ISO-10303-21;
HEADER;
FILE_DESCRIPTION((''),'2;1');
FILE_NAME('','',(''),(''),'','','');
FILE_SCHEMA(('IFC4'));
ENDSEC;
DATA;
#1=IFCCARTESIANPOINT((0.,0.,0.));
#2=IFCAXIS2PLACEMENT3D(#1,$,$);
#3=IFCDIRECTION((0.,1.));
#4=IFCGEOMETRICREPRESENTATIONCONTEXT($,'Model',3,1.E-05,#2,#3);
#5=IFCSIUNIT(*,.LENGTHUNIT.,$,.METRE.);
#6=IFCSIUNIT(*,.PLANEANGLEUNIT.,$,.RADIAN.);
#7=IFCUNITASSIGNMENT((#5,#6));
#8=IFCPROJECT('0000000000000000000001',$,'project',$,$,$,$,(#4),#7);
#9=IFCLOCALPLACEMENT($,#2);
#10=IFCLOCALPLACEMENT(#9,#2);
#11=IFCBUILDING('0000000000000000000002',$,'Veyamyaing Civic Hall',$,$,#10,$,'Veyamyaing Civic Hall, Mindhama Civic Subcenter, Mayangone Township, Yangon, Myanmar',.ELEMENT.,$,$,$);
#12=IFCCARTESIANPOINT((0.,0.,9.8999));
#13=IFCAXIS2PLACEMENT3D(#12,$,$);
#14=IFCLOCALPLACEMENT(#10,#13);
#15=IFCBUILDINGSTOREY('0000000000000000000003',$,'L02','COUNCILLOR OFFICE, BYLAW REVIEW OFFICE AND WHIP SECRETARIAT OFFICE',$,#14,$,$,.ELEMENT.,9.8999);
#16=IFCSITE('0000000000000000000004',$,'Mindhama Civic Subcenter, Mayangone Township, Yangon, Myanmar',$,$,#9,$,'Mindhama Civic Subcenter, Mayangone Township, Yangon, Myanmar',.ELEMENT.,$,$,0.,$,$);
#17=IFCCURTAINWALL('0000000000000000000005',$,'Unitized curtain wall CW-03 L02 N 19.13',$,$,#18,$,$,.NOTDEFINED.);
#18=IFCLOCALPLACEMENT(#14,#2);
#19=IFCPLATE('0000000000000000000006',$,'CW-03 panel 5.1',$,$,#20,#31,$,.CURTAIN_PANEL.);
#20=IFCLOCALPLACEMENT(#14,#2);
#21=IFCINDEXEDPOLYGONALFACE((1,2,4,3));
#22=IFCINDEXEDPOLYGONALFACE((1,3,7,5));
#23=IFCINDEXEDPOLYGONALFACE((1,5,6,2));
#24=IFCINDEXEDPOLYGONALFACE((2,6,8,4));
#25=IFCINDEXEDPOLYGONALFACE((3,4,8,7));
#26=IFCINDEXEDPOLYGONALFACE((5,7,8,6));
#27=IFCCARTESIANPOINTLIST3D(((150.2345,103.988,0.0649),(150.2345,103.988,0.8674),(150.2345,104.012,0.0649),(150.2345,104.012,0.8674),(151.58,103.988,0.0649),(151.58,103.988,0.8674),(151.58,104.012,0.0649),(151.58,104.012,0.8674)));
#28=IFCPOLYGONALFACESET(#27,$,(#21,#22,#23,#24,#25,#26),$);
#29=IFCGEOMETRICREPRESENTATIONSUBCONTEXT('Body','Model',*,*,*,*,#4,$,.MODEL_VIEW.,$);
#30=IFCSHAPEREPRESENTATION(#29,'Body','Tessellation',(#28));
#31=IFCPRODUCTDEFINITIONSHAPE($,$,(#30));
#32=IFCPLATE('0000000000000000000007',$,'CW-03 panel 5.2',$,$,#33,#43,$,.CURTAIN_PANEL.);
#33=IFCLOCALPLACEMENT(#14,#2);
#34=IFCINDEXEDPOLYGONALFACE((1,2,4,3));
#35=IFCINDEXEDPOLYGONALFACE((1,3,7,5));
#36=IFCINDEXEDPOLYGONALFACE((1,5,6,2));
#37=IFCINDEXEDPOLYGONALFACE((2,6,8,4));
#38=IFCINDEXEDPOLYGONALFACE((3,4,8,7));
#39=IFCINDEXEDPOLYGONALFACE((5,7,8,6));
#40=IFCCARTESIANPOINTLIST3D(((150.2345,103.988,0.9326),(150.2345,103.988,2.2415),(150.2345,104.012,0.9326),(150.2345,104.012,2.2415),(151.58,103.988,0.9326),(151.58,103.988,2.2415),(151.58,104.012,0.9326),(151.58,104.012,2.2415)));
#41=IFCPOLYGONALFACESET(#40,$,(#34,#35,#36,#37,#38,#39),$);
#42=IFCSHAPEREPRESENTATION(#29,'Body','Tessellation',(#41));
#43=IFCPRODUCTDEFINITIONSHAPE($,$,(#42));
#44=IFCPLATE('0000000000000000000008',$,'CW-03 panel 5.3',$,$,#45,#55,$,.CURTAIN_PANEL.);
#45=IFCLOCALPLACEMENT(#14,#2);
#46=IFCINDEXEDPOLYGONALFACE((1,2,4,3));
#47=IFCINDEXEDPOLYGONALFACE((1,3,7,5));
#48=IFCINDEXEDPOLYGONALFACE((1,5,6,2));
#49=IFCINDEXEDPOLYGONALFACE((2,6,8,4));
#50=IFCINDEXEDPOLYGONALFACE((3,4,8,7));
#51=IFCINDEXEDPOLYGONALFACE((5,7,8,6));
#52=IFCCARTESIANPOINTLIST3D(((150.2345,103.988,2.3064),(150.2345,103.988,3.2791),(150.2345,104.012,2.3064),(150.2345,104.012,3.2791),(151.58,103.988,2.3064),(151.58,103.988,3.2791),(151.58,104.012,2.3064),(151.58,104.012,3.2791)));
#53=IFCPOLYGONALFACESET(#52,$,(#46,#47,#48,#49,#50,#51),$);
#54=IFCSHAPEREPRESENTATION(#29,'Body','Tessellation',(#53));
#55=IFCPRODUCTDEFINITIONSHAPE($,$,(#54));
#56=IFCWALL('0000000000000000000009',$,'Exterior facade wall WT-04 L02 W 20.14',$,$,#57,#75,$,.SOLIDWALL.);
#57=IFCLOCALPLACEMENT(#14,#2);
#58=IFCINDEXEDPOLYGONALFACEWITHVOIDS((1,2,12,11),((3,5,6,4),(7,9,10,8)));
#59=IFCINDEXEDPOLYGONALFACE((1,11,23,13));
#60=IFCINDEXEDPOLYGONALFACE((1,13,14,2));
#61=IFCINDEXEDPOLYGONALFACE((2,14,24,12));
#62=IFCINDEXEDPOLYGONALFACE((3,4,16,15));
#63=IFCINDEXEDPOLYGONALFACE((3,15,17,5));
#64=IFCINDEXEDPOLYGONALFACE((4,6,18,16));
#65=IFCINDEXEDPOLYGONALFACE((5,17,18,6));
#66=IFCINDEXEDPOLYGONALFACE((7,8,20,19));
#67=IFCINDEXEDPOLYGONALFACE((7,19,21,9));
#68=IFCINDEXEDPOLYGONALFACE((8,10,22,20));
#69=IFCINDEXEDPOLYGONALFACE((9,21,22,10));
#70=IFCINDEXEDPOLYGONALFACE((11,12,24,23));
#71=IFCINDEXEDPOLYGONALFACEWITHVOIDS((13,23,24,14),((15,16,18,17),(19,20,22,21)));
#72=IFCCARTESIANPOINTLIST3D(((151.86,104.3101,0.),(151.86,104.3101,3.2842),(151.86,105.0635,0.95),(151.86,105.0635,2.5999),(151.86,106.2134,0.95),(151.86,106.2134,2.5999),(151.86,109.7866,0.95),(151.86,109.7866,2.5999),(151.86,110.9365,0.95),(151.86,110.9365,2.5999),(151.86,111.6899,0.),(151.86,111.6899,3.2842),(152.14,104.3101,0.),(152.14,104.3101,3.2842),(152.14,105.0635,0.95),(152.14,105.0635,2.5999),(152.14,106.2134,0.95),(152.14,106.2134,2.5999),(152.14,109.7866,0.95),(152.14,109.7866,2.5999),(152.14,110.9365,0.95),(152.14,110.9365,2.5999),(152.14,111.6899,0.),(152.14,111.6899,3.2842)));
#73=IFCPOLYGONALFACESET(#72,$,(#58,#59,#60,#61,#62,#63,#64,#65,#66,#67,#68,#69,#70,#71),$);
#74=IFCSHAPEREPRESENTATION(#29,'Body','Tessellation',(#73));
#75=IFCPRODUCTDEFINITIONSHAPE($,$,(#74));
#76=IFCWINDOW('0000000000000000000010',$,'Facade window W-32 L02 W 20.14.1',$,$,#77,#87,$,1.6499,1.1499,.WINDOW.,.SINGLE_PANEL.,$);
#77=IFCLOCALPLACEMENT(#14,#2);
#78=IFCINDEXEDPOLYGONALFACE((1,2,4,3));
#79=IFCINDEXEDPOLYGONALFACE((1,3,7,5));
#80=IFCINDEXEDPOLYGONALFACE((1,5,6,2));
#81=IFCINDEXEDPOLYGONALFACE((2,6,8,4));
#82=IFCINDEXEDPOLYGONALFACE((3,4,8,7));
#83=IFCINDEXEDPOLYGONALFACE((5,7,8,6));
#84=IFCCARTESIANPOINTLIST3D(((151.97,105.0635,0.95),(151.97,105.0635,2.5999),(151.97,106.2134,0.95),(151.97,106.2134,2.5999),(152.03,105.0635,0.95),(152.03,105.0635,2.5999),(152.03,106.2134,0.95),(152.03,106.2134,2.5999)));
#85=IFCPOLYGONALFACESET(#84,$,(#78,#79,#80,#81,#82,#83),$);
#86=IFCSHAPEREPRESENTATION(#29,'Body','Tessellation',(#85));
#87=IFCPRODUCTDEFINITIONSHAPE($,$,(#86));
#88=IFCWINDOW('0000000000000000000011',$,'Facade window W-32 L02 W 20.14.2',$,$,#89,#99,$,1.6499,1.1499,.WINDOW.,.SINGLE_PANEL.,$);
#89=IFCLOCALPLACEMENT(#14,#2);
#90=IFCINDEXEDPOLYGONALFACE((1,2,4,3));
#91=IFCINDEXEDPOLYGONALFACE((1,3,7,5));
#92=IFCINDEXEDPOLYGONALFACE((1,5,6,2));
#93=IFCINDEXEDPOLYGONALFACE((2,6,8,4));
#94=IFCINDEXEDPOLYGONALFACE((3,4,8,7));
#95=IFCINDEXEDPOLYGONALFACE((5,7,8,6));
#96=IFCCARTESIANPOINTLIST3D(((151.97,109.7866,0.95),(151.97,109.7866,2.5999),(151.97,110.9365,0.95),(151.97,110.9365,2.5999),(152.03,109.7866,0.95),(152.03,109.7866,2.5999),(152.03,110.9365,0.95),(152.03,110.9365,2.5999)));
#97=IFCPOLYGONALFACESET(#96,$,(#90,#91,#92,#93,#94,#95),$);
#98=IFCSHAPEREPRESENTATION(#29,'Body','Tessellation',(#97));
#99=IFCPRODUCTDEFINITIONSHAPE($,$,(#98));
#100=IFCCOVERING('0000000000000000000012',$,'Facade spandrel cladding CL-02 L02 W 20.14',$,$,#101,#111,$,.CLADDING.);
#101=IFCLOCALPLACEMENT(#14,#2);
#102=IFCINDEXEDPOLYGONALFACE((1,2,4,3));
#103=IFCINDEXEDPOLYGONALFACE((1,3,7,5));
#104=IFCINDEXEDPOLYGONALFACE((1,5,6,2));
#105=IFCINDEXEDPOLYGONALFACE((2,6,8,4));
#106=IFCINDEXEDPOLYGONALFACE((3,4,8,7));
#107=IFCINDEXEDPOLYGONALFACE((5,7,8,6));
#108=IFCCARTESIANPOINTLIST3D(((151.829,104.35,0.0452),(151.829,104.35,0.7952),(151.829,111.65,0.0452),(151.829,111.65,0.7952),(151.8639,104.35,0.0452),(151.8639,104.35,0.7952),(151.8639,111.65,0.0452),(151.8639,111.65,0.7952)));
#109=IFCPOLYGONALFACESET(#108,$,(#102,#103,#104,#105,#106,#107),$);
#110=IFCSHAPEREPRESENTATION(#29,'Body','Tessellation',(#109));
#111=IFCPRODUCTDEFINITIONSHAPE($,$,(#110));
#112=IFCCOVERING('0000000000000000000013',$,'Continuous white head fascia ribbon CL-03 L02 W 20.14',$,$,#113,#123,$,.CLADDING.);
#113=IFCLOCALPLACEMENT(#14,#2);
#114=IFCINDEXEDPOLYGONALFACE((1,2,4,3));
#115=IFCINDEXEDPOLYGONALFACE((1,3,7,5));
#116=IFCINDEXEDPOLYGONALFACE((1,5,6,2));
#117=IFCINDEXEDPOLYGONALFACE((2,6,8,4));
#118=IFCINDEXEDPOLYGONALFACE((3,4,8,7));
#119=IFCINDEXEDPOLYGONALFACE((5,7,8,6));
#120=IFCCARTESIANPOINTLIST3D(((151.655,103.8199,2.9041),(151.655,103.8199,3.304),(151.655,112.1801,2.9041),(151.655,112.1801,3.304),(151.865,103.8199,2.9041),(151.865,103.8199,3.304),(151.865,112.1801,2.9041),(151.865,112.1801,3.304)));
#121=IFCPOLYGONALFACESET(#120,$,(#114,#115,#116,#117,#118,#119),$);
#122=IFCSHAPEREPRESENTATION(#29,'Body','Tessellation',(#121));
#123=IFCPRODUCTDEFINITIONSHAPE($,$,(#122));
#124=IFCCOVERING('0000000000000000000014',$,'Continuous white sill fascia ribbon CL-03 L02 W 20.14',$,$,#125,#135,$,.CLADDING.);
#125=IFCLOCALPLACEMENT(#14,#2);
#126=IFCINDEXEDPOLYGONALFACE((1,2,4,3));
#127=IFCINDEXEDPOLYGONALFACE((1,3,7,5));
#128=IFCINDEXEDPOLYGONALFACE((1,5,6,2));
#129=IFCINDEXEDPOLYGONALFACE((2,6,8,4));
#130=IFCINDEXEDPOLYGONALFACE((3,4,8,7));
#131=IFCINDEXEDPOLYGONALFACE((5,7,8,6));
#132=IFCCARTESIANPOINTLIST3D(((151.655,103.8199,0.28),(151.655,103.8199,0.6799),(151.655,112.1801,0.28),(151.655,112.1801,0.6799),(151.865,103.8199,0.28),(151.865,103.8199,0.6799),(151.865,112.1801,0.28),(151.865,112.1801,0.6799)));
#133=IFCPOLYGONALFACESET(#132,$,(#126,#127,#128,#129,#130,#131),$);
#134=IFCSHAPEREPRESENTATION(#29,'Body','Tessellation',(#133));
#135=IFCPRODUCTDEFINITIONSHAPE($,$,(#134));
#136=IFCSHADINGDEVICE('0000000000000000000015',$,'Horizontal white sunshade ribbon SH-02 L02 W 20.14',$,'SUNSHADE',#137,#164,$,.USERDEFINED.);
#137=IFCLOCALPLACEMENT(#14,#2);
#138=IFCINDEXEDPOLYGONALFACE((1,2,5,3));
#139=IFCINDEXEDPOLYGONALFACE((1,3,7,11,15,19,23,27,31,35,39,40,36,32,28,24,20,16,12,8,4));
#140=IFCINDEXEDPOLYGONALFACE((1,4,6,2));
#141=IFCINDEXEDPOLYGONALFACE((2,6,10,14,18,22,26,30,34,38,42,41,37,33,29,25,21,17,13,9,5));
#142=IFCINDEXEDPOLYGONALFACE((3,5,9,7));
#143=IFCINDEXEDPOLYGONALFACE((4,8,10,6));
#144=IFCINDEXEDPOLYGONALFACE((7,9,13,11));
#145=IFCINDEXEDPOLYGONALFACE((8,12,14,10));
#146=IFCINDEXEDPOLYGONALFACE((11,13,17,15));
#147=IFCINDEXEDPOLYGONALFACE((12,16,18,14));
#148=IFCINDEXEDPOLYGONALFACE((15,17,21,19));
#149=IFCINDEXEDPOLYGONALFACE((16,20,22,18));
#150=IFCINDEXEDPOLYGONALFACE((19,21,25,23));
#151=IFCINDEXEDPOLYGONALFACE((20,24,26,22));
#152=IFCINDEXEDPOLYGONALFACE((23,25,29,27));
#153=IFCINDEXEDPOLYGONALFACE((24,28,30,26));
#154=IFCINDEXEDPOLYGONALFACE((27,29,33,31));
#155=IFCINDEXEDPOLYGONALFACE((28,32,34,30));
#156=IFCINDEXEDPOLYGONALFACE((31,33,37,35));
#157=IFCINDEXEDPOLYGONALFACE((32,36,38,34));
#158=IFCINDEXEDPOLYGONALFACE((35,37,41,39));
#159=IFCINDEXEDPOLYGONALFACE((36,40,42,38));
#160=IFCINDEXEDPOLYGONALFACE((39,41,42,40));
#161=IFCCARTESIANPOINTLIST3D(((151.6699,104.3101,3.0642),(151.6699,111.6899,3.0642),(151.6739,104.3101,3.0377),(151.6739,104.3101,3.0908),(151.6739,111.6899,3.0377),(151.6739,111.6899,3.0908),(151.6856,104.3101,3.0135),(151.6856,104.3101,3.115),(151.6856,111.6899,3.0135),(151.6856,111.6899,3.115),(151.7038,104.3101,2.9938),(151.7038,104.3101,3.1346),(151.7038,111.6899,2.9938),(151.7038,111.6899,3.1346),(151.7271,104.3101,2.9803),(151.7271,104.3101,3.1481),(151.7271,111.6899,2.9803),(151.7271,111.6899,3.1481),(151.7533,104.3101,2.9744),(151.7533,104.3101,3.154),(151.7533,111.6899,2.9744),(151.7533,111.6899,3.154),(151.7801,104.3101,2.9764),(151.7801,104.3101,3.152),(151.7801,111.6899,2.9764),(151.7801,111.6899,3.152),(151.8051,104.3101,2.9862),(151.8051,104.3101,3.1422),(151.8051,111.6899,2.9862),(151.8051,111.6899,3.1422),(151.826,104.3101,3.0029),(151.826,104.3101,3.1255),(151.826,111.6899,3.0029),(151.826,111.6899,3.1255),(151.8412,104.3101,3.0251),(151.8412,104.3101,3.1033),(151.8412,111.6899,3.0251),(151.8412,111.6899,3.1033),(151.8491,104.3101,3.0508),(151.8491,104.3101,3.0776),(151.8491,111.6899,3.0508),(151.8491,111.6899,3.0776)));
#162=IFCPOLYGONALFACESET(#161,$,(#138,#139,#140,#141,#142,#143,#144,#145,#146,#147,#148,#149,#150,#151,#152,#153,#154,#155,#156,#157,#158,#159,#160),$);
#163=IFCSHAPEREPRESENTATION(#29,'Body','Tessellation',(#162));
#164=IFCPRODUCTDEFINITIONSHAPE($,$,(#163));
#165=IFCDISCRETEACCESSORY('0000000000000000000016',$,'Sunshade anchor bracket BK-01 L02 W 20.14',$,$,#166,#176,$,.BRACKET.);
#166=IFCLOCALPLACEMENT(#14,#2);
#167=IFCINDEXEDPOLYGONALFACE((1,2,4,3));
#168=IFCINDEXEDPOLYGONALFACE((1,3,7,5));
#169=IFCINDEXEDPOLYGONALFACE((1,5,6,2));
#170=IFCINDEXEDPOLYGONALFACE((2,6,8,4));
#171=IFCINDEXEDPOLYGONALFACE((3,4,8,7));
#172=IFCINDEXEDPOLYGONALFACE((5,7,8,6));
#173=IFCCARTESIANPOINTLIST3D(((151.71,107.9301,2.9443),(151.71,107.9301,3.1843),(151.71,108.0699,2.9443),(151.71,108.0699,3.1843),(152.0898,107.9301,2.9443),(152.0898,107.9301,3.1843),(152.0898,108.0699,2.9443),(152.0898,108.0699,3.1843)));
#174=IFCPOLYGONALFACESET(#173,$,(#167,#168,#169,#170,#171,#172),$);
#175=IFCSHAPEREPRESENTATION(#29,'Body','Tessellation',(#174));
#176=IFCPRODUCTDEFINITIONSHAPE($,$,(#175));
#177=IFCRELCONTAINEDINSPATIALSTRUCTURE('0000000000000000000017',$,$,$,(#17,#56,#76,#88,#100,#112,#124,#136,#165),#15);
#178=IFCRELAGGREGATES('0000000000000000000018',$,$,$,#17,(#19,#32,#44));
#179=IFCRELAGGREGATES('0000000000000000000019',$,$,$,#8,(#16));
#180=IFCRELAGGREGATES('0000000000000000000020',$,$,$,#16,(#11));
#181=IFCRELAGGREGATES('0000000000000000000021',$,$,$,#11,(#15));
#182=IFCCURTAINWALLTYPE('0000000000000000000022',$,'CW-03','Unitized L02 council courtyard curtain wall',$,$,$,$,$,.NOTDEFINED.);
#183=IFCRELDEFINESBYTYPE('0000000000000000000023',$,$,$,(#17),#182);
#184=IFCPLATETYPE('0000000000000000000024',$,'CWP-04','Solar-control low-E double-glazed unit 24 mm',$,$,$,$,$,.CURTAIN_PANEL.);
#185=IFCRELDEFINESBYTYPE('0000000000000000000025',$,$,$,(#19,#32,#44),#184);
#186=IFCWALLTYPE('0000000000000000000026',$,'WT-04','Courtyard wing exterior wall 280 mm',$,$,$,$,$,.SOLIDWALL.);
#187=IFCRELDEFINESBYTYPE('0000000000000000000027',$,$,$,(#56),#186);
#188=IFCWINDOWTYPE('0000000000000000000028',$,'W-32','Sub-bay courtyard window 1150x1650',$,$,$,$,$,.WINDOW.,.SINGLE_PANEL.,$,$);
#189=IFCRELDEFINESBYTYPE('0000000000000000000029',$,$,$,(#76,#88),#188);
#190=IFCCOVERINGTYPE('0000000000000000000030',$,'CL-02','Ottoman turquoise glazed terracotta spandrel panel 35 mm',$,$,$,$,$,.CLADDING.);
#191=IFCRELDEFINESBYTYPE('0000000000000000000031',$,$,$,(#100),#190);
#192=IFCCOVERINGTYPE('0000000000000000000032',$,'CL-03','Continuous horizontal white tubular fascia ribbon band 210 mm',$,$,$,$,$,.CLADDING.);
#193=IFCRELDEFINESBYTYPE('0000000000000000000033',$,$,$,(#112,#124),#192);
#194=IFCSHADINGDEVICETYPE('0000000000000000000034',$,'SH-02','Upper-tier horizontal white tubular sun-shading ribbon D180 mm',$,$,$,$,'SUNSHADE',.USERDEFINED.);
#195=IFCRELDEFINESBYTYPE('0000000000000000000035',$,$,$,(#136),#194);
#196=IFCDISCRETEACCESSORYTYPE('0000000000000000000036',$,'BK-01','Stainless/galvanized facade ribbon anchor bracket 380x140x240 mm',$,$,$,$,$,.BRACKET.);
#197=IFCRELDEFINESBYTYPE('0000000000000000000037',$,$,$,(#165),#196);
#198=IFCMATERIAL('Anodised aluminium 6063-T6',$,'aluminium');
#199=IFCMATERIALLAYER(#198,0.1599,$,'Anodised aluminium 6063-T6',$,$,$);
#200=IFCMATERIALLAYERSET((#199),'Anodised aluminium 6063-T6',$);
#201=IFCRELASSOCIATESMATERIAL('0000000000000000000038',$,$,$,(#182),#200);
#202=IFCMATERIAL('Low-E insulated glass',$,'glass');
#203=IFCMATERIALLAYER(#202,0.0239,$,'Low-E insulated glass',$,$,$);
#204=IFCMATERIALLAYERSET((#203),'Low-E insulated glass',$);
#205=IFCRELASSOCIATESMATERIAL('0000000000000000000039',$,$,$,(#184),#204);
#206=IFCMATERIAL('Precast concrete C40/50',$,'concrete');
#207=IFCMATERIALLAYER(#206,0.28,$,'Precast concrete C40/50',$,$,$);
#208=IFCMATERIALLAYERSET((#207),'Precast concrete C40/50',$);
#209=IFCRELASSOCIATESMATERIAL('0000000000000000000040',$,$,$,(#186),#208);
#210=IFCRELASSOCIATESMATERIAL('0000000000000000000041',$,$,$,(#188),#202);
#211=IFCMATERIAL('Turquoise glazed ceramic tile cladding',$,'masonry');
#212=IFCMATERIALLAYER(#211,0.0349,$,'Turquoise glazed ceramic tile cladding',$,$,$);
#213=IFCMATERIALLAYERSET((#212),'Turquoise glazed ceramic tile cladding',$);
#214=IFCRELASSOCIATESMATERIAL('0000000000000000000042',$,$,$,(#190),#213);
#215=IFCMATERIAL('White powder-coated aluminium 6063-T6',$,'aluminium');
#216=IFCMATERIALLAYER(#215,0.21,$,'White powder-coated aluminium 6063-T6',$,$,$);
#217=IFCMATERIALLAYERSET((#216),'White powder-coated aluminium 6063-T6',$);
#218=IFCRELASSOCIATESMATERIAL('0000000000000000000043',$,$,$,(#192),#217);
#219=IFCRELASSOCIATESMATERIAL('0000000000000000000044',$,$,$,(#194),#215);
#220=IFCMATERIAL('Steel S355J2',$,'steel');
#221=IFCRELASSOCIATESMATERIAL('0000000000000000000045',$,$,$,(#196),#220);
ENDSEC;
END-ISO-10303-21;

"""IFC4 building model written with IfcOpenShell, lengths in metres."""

from ifc_helpers import new_model, si_unit, direction, frame, frame_2d, origin, origin_2d, place, context, subcontext, project, spatial, rectangle, circle, extrude, material, layer, layer_set, material_profile, profile_set, type_object, element, fill, aggregate, save


model = new_model("IFC4")

# Units and contexts
model_context = context("Model", 3, precision=1e-05, world=origin(), true_north=direction((0.0, 1.0)))
body_context = subcontext(model_context, "Body", "Model", "MODEL_VIEW")
ifc_project = project(units=[si_unit("LENGTHUNIT", "METRE"), si_unit("PLANEANGLEUNIT", "RADIAN")], contexts=[model_context])

# Site, building, storey
site_placement = place(None, origin())
site = spatial("IfcSite", under=ifc_project, at=site_placement, Name="Mindhama Civic Subcenter, Mayangone Township, Yangon, Myanmar", LongName="Mindhama Civic Subcenter, Mayangone Township, Yangon, Myanmar", CompositionType="ELEMENT", RefElevation=0.0)
building_placement = place(site_placement, origin())
building = spatial("IfcBuilding", under=site, at=building_placement, Name="Veyamyaing Civic Hall", LongName="Veyamyaing Civic Hall, Mindhama Civic Subcenter, Mayangone Township, Yangon, Myanmar", CompositionType="ELEMENT")
storey_placement = place(building_placement, frame((0.0, 0.0, 9.8999)))
storey = spatial("IfcBuildingStorey", under=building, at=storey_placement, Name="L02", Description="COUNCILLOR OFFICE, BYLAW REVIEW OFFICE AND WHIP SECRETARIAT OFFICE", CompositionType="ELEMENT", Elevation=9.8999)

# Curtain wall, plates
ifc_material_1 = material(Name="Anodised aluminium 6063-T6", Category="aluminium")
ifc_layer_1 = layer(ifc_material_1, 0.1599, Name="Anodised aluminium 6063-T6")
ifc_layer_set_1 = layer_set([ifc_layer_1], Name="Anodised aluminium 6063-T6")
curtain_wall_type = type_object("IfcCurtainWallType", Name="CW-03", Description="Unitized L02 council courtyard curtain wall", PredefinedType="NOTDEFINED", material=ifc_layer_set_1)
curtain_wall_placement = place(storey_placement, origin())
curtain_wall = element("IfcCurtainWall", 1, at=curtain_wall_placement, inside=storey, type_object=curtain_wall_type, Name="Unitized curtain wall CW-03 L02 N 19.13", PredefinedType="NOTDEFINED")
ifc_material_2 = material(Name="Low-E insulated glass", Category="glass")
ifc_layer_2 = layer(ifc_material_2, 0.0239, Name="Low-E insulated glass")
ifc_layer_set_2 = layer_set([ifc_layer_2], Name="Low-E insulated glass")
plate_type = type_object("IfcPlateType", Name="CWP-04", Description="Solar-control low-E double-glazed unit 24 mm", PredefinedType="CURTAIN_PANEL", material=ifc_layer_set_2)
plate_1_placement = place(storey_placement, frame((150.9072, 104.0, 0.0649), z_axis=(0.0, 0.0, 1.0), x_axis=(1.0, 0.0, 0.0)))
plate_1 = element("IfcPlate", 2, at=plate_1_placement, type_object=plate_type, Name="CW-03 panel 5.1", PredefinedType="CURTAIN_PANEL", context=body_context, shape_type="SweptSolid", body=[
    extrude(rectangle(XDim=1.3455, YDim=0.0239, at=origin_2d()), origin(), (0.0, 0.0, 1.0), 0.8025),
])
plate_2_placement = place(storey_placement, frame((150.9072, 104.0, 0.9326), z_axis=(0.0, 0.0, 1.0), x_axis=(1.0, 0.0, 0.0)))
plate_2 = element("IfcPlate", 3, at=plate_2_placement, type_object=plate_type, Name="CW-03 panel 5.2", PredefinedType="CURTAIN_PANEL", context=body_context, shape_type="SweptSolid", body=[
    extrude(rectangle(XDim=1.3455, YDim=0.0239, at=origin_2d()), origin(), (0.0, 0.0, 1.0), 1.3088),
])
plate_3_placement = place(storey_placement, frame((150.9072, 104.0, 2.3064), z_axis=(0.0, 0.0, 1.0), x_axis=(1.0, 0.0, 0.0)))
plate_3 = element("IfcPlate", 4, at=plate_3_placement, type_object=plate_type, Name="CW-03 panel 5.3", PredefinedType="CURTAIN_PANEL", context=body_context, shape_type="SweptSolid", body=[
    extrude(rectangle(XDim=1.3455, YDim=0.0239, at=origin_2d()), origin(), (0.0, 0.0, 1.0), 0.9727),
])
aggregate(curtain_wall, [plate_1, plate_2, plate_3])

# Wall, openings, windows
ifc_material_3 = material(Name="Precast concrete C40/50", Category="concrete")
ifc_layer_3 = layer(ifc_material_3, 0.28, Name="Precast concrete C40/50")
ifc_layer_set_3 = layer_set([ifc_layer_3], Name="Precast concrete C40/50")
wall_type = type_object("IfcWallType", Name="WT-04", Description="Courtyard wing exterior wall 280 mm", PredefinedType="SOLIDWALL", material=ifc_layer_set_3)
wall_placement = place(storey_placement, frame((152.0, 104.3101, 0.0), z_axis=(0.0, 0.0, 1.0), x_axis=(0.0, 1.0, 0.0)))
wall = element("IfcWall", 5, at=wall_placement, inside=storey, type_object=wall_type, Name="Exterior facade wall WT-04 L02 W 20.14", PredefinedType="SOLIDWALL", context=body_context, shape_type="SweptSolid", body=[
    extrude(rectangle(XDim=7.3799, YDim=0.28, at=frame_2d((3.6899, 0.0))), origin(), (0.0, 0.0, 1.0), 3.2842),
])
opening_1_placement = place(wall_placement, frame((0.7534, 0.0, 0.95)))
opening_1 = element("IfcOpeningElement", 6, at=opening_1_placement, cuts=wall, PredefinedType="OPENING", context=body_context, shape_type="SweptSolid", body=[
    extrude(rectangle(XDim=1.1499, YDim=1.6499, at=frame_2d((0.575, 0.825))), frame((0.0, 0.1499, 0.0), z_axis=(0.0, -1.0, 0.0), x_axis=(1.0, 0.0, 0.0)), (0.0, 0.0, 1.0), 0.3),
])
opening_2_placement = place(wall_placement, frame((5.4766, 0.0, 0.95)))
opening_2 = element("IfcOpeningElement", 7, at=opening_2_placement, cuts=wall, PredefinedType="OPENING", context=body_context, shape_type="SweptSolid", body=[
    extrude(rectangle(XDim=1.1499, YDim=1.6499, at=frame_2d((0.575, 0.825))), frame((0.0, 0.1499, 0.0), z_axis=(0.0, -1.0, 0.0), x_axis=(1.0, 0.0, 0.0)), (0.0, 0.0, 1.0), 0.3),
])
window_type = type_object("IfcWindowType", Name="W-32", Description="Sub-bay courtyard window 1150x1650", PartitioningType="SINGLE_PANEL", PredefinedType="WINDOW", material=ifc_material_2)
window_1_placement = place(opening_1_placement, origin())
window_1 = element("IfcWindow", 8, at=window_1_placement, inside=storey, type_object=window_type, Name="Facade window W-32 L02 W 20.14.1", OverallHeight=1.6499, OverallWidth=1.1499, PartitioningType="SINGLE_PANEL", PredefinedType="WINDOW", context=body_context, shape_type="SweptSolid", body=[
    extrude(rectangle(XDim=1.1499, YDim=1.6499, at=frame_2d((0.575, 0.825))), frame((0.0, 0.03, 0.0), z_axis=(0.0, -1.0, 0.0), x_axis=(1.0, 0.0, 0.0)), (0.0, 0.0, 1.0), 0.0601),
])
fill(opening_1, window_1)
window_2_placement = place(opening_2_placement, origin())
window_2 = element("IfcWindow", 9, at=window_2_placement, inside=storey, type_object=window_type, Name="Facade window W-32 L02 W 20.14.2", OverallHeight=1.6499, OverallWidth=1.1499, PartitioningType="SINGLE_PANEL", PredefinedType="WINDOW", context=body_context, shape_type="SweptSolid", body=[
    extrude(rectangle(XDim=1.1499, YDim=1.6499, at=frame_2d((0.575, 0.825))), frame((0.0, 0.03, 0.0), z_axis=(0.0, -1.0, 0.0), x_axis=(1.0, 0.0, 0.0)), (0.0, 0.0, 1.0), 0.0601),
])
fill(opening_2, window_2)

# Coverings
ifc_material_4 = material(Name="Turquoise glazed ceramic tile cladding", Category="masonry")
ifc_layer_4 = layer(ifc_material_4, 0.0349, Name="Turquoise glazed ceramic tile cladding")
ifc_layer_set_4 = layer_set([ifc_layer_4], Name="Turquoise glazed ceramic tile cladding")
covering_type_1 = type_object("IfcCoveringType", Name="CL-02", Description="Ottoman turquoise glazed terracotta spandrel panel 35 mm", PredefinedType="CLADDING", material=ifc_layer_set_4)
covering_placement = place(storey_placement, frame((151.8464, 108.0, 0.0452), z_axis=(0.0, 0.0, 1.0), x_axis=(0.0, 1.0, 0.0)))
element("IfcCovering", 10, at=covering_placement, inside=storey, type_object=covering_type_1, Name="Facade spandrel cladding CL-02 L02 W 20.14", PredefinedType="CLADDING", context=body_context, shape_type="SweptSolid", body=[
    extrude(rectangle(XDim=7.3, YDim=0.0349, at=origin_2d()), origin(), (0.0, 0.0, 1.0), 0.75),
])
ifc_material_5 = material(Name="White powder-coated aluminium 6063-T6", Category="aluminium")
ifc_layer_5 = layer(ifc_material_5, 0.21, Name="White powder-coated aluminium 6063-T6")
ifc_layer_set_5 = layer_set([ifc_layer_5], Name="White powder-coated aluminium 6063-T6")
covering_type_2 = type_object("IfcCoveringType", Name="CL-03", Description="Continuous horizontal white tubular fascia ribbon band 210 mm", PredefinedType="CLADDING", material=ifc_layer_set_5)
for number, where, z_axis, x_axis, name in (
    (11, (151.76, 108.0, 2.9041), (0.0, 0.0, 1.0), (0.0, 1.0, 0.0), "Continuous white head fascia ribbon CL-03 L02 W 20.14"),
    (12, (151.76, 108.0, 0.28), (0.0, 0.0, 1.0), (0.0, 1.0, 0.0), "Continuous white sill fascia ribbon CL-03 L02 W 20.14"),
):
    element("IfcCovering", number, at=place(storey_placement, frame(where, z_axis=z_axis, x_axis=x_axis)), inside=storey, type_object=covering_type_2, Name=name, PredefinedType="CLADDING", context=body_context, shape_type="SweptSolid", body=[
        extrude(rectangle(XDim=8.3601, YDim=0.21, at=origin_2d()), origin(), (0.0, 0.0, 1.0), 0.3999),
    ])

# Shading device
ifc_material_profile_1 = material_profile(ifc_material_5, circle(Radius=0.0901, at=origin_2d()), Name="SHADE-TUBE-180")
ifc_profile_set_1 = profile_set([ifc_material_profile_1], Name="White powder-coated aluminium 6063-T6")
shading_device_type = type_object("IfcShadingDeviceType", Name="SH-02", Description="Upper-tier horizontal white tubular sun-shading ribbon D180 mm", ElementType="SUNSHADE", PredefinedType="USERDEFINED", material=ifc_profile_set_1)
shading_device_placement = place(storey_placement, frame((151.76, 104.3101, 3.0642), z_axis=(0.0, 1.0, 0.0), x_axis=(-1.0, 0.0, 0.0)))
element("IfcShadingDevice", 13, at=shading_device_placement, inside=storey, type_object=shading_device_type, Name="Horizontal white sunshade ribbon SH-02 L02 W 20.14", ObjectType="SUNSHADE", PredefinedType="USERDEFINED", context=body_context, shape_type="SweptSolid", body=[
    extrude(circle(Radius=0.0901, at=origin_2d()), origin(), (0.0, 0.0, 1.0), 7.3799),
])

# Discrete accessory
ifc_material_6 = material(Name="Steel S355J2", Category="steel")
discrete_accessory_type = type_object("IfcDiscreteAccessoryType", Name="BK-01", Description="Stainless/galvanized facade ribbon anchor bracket 380x140x240 mm", PredefinedType="BRACKET", material=ifc_material_6)
for number, where, z_axis, x_axis, name in (
    (14, (151.8999, 108.0, 2.9443), (0.0, 0.0, 1.0), (-1.0, 0.0, 0.0), "Sunshade anchor bracket BK-01 L02 W 20.14"),
):
    element("IfcDiscreteAccessory", number, at=place(storey_placement, frame(where, z_axis=z_axis, x_axis=x_axis)), inside=storey, type_object=discrete_accessory_type, Name=name, PredefinedType="BRACKET", context=body_context, shape_type="SweptSolid", body=[
        extrude(rectangle(XDim=0.3799, YDim=0.1399, at=origin_2d()), origin(), (0.0, 0.0, 1.0), 0.24),
    ])

save(model, "model.ifc")
